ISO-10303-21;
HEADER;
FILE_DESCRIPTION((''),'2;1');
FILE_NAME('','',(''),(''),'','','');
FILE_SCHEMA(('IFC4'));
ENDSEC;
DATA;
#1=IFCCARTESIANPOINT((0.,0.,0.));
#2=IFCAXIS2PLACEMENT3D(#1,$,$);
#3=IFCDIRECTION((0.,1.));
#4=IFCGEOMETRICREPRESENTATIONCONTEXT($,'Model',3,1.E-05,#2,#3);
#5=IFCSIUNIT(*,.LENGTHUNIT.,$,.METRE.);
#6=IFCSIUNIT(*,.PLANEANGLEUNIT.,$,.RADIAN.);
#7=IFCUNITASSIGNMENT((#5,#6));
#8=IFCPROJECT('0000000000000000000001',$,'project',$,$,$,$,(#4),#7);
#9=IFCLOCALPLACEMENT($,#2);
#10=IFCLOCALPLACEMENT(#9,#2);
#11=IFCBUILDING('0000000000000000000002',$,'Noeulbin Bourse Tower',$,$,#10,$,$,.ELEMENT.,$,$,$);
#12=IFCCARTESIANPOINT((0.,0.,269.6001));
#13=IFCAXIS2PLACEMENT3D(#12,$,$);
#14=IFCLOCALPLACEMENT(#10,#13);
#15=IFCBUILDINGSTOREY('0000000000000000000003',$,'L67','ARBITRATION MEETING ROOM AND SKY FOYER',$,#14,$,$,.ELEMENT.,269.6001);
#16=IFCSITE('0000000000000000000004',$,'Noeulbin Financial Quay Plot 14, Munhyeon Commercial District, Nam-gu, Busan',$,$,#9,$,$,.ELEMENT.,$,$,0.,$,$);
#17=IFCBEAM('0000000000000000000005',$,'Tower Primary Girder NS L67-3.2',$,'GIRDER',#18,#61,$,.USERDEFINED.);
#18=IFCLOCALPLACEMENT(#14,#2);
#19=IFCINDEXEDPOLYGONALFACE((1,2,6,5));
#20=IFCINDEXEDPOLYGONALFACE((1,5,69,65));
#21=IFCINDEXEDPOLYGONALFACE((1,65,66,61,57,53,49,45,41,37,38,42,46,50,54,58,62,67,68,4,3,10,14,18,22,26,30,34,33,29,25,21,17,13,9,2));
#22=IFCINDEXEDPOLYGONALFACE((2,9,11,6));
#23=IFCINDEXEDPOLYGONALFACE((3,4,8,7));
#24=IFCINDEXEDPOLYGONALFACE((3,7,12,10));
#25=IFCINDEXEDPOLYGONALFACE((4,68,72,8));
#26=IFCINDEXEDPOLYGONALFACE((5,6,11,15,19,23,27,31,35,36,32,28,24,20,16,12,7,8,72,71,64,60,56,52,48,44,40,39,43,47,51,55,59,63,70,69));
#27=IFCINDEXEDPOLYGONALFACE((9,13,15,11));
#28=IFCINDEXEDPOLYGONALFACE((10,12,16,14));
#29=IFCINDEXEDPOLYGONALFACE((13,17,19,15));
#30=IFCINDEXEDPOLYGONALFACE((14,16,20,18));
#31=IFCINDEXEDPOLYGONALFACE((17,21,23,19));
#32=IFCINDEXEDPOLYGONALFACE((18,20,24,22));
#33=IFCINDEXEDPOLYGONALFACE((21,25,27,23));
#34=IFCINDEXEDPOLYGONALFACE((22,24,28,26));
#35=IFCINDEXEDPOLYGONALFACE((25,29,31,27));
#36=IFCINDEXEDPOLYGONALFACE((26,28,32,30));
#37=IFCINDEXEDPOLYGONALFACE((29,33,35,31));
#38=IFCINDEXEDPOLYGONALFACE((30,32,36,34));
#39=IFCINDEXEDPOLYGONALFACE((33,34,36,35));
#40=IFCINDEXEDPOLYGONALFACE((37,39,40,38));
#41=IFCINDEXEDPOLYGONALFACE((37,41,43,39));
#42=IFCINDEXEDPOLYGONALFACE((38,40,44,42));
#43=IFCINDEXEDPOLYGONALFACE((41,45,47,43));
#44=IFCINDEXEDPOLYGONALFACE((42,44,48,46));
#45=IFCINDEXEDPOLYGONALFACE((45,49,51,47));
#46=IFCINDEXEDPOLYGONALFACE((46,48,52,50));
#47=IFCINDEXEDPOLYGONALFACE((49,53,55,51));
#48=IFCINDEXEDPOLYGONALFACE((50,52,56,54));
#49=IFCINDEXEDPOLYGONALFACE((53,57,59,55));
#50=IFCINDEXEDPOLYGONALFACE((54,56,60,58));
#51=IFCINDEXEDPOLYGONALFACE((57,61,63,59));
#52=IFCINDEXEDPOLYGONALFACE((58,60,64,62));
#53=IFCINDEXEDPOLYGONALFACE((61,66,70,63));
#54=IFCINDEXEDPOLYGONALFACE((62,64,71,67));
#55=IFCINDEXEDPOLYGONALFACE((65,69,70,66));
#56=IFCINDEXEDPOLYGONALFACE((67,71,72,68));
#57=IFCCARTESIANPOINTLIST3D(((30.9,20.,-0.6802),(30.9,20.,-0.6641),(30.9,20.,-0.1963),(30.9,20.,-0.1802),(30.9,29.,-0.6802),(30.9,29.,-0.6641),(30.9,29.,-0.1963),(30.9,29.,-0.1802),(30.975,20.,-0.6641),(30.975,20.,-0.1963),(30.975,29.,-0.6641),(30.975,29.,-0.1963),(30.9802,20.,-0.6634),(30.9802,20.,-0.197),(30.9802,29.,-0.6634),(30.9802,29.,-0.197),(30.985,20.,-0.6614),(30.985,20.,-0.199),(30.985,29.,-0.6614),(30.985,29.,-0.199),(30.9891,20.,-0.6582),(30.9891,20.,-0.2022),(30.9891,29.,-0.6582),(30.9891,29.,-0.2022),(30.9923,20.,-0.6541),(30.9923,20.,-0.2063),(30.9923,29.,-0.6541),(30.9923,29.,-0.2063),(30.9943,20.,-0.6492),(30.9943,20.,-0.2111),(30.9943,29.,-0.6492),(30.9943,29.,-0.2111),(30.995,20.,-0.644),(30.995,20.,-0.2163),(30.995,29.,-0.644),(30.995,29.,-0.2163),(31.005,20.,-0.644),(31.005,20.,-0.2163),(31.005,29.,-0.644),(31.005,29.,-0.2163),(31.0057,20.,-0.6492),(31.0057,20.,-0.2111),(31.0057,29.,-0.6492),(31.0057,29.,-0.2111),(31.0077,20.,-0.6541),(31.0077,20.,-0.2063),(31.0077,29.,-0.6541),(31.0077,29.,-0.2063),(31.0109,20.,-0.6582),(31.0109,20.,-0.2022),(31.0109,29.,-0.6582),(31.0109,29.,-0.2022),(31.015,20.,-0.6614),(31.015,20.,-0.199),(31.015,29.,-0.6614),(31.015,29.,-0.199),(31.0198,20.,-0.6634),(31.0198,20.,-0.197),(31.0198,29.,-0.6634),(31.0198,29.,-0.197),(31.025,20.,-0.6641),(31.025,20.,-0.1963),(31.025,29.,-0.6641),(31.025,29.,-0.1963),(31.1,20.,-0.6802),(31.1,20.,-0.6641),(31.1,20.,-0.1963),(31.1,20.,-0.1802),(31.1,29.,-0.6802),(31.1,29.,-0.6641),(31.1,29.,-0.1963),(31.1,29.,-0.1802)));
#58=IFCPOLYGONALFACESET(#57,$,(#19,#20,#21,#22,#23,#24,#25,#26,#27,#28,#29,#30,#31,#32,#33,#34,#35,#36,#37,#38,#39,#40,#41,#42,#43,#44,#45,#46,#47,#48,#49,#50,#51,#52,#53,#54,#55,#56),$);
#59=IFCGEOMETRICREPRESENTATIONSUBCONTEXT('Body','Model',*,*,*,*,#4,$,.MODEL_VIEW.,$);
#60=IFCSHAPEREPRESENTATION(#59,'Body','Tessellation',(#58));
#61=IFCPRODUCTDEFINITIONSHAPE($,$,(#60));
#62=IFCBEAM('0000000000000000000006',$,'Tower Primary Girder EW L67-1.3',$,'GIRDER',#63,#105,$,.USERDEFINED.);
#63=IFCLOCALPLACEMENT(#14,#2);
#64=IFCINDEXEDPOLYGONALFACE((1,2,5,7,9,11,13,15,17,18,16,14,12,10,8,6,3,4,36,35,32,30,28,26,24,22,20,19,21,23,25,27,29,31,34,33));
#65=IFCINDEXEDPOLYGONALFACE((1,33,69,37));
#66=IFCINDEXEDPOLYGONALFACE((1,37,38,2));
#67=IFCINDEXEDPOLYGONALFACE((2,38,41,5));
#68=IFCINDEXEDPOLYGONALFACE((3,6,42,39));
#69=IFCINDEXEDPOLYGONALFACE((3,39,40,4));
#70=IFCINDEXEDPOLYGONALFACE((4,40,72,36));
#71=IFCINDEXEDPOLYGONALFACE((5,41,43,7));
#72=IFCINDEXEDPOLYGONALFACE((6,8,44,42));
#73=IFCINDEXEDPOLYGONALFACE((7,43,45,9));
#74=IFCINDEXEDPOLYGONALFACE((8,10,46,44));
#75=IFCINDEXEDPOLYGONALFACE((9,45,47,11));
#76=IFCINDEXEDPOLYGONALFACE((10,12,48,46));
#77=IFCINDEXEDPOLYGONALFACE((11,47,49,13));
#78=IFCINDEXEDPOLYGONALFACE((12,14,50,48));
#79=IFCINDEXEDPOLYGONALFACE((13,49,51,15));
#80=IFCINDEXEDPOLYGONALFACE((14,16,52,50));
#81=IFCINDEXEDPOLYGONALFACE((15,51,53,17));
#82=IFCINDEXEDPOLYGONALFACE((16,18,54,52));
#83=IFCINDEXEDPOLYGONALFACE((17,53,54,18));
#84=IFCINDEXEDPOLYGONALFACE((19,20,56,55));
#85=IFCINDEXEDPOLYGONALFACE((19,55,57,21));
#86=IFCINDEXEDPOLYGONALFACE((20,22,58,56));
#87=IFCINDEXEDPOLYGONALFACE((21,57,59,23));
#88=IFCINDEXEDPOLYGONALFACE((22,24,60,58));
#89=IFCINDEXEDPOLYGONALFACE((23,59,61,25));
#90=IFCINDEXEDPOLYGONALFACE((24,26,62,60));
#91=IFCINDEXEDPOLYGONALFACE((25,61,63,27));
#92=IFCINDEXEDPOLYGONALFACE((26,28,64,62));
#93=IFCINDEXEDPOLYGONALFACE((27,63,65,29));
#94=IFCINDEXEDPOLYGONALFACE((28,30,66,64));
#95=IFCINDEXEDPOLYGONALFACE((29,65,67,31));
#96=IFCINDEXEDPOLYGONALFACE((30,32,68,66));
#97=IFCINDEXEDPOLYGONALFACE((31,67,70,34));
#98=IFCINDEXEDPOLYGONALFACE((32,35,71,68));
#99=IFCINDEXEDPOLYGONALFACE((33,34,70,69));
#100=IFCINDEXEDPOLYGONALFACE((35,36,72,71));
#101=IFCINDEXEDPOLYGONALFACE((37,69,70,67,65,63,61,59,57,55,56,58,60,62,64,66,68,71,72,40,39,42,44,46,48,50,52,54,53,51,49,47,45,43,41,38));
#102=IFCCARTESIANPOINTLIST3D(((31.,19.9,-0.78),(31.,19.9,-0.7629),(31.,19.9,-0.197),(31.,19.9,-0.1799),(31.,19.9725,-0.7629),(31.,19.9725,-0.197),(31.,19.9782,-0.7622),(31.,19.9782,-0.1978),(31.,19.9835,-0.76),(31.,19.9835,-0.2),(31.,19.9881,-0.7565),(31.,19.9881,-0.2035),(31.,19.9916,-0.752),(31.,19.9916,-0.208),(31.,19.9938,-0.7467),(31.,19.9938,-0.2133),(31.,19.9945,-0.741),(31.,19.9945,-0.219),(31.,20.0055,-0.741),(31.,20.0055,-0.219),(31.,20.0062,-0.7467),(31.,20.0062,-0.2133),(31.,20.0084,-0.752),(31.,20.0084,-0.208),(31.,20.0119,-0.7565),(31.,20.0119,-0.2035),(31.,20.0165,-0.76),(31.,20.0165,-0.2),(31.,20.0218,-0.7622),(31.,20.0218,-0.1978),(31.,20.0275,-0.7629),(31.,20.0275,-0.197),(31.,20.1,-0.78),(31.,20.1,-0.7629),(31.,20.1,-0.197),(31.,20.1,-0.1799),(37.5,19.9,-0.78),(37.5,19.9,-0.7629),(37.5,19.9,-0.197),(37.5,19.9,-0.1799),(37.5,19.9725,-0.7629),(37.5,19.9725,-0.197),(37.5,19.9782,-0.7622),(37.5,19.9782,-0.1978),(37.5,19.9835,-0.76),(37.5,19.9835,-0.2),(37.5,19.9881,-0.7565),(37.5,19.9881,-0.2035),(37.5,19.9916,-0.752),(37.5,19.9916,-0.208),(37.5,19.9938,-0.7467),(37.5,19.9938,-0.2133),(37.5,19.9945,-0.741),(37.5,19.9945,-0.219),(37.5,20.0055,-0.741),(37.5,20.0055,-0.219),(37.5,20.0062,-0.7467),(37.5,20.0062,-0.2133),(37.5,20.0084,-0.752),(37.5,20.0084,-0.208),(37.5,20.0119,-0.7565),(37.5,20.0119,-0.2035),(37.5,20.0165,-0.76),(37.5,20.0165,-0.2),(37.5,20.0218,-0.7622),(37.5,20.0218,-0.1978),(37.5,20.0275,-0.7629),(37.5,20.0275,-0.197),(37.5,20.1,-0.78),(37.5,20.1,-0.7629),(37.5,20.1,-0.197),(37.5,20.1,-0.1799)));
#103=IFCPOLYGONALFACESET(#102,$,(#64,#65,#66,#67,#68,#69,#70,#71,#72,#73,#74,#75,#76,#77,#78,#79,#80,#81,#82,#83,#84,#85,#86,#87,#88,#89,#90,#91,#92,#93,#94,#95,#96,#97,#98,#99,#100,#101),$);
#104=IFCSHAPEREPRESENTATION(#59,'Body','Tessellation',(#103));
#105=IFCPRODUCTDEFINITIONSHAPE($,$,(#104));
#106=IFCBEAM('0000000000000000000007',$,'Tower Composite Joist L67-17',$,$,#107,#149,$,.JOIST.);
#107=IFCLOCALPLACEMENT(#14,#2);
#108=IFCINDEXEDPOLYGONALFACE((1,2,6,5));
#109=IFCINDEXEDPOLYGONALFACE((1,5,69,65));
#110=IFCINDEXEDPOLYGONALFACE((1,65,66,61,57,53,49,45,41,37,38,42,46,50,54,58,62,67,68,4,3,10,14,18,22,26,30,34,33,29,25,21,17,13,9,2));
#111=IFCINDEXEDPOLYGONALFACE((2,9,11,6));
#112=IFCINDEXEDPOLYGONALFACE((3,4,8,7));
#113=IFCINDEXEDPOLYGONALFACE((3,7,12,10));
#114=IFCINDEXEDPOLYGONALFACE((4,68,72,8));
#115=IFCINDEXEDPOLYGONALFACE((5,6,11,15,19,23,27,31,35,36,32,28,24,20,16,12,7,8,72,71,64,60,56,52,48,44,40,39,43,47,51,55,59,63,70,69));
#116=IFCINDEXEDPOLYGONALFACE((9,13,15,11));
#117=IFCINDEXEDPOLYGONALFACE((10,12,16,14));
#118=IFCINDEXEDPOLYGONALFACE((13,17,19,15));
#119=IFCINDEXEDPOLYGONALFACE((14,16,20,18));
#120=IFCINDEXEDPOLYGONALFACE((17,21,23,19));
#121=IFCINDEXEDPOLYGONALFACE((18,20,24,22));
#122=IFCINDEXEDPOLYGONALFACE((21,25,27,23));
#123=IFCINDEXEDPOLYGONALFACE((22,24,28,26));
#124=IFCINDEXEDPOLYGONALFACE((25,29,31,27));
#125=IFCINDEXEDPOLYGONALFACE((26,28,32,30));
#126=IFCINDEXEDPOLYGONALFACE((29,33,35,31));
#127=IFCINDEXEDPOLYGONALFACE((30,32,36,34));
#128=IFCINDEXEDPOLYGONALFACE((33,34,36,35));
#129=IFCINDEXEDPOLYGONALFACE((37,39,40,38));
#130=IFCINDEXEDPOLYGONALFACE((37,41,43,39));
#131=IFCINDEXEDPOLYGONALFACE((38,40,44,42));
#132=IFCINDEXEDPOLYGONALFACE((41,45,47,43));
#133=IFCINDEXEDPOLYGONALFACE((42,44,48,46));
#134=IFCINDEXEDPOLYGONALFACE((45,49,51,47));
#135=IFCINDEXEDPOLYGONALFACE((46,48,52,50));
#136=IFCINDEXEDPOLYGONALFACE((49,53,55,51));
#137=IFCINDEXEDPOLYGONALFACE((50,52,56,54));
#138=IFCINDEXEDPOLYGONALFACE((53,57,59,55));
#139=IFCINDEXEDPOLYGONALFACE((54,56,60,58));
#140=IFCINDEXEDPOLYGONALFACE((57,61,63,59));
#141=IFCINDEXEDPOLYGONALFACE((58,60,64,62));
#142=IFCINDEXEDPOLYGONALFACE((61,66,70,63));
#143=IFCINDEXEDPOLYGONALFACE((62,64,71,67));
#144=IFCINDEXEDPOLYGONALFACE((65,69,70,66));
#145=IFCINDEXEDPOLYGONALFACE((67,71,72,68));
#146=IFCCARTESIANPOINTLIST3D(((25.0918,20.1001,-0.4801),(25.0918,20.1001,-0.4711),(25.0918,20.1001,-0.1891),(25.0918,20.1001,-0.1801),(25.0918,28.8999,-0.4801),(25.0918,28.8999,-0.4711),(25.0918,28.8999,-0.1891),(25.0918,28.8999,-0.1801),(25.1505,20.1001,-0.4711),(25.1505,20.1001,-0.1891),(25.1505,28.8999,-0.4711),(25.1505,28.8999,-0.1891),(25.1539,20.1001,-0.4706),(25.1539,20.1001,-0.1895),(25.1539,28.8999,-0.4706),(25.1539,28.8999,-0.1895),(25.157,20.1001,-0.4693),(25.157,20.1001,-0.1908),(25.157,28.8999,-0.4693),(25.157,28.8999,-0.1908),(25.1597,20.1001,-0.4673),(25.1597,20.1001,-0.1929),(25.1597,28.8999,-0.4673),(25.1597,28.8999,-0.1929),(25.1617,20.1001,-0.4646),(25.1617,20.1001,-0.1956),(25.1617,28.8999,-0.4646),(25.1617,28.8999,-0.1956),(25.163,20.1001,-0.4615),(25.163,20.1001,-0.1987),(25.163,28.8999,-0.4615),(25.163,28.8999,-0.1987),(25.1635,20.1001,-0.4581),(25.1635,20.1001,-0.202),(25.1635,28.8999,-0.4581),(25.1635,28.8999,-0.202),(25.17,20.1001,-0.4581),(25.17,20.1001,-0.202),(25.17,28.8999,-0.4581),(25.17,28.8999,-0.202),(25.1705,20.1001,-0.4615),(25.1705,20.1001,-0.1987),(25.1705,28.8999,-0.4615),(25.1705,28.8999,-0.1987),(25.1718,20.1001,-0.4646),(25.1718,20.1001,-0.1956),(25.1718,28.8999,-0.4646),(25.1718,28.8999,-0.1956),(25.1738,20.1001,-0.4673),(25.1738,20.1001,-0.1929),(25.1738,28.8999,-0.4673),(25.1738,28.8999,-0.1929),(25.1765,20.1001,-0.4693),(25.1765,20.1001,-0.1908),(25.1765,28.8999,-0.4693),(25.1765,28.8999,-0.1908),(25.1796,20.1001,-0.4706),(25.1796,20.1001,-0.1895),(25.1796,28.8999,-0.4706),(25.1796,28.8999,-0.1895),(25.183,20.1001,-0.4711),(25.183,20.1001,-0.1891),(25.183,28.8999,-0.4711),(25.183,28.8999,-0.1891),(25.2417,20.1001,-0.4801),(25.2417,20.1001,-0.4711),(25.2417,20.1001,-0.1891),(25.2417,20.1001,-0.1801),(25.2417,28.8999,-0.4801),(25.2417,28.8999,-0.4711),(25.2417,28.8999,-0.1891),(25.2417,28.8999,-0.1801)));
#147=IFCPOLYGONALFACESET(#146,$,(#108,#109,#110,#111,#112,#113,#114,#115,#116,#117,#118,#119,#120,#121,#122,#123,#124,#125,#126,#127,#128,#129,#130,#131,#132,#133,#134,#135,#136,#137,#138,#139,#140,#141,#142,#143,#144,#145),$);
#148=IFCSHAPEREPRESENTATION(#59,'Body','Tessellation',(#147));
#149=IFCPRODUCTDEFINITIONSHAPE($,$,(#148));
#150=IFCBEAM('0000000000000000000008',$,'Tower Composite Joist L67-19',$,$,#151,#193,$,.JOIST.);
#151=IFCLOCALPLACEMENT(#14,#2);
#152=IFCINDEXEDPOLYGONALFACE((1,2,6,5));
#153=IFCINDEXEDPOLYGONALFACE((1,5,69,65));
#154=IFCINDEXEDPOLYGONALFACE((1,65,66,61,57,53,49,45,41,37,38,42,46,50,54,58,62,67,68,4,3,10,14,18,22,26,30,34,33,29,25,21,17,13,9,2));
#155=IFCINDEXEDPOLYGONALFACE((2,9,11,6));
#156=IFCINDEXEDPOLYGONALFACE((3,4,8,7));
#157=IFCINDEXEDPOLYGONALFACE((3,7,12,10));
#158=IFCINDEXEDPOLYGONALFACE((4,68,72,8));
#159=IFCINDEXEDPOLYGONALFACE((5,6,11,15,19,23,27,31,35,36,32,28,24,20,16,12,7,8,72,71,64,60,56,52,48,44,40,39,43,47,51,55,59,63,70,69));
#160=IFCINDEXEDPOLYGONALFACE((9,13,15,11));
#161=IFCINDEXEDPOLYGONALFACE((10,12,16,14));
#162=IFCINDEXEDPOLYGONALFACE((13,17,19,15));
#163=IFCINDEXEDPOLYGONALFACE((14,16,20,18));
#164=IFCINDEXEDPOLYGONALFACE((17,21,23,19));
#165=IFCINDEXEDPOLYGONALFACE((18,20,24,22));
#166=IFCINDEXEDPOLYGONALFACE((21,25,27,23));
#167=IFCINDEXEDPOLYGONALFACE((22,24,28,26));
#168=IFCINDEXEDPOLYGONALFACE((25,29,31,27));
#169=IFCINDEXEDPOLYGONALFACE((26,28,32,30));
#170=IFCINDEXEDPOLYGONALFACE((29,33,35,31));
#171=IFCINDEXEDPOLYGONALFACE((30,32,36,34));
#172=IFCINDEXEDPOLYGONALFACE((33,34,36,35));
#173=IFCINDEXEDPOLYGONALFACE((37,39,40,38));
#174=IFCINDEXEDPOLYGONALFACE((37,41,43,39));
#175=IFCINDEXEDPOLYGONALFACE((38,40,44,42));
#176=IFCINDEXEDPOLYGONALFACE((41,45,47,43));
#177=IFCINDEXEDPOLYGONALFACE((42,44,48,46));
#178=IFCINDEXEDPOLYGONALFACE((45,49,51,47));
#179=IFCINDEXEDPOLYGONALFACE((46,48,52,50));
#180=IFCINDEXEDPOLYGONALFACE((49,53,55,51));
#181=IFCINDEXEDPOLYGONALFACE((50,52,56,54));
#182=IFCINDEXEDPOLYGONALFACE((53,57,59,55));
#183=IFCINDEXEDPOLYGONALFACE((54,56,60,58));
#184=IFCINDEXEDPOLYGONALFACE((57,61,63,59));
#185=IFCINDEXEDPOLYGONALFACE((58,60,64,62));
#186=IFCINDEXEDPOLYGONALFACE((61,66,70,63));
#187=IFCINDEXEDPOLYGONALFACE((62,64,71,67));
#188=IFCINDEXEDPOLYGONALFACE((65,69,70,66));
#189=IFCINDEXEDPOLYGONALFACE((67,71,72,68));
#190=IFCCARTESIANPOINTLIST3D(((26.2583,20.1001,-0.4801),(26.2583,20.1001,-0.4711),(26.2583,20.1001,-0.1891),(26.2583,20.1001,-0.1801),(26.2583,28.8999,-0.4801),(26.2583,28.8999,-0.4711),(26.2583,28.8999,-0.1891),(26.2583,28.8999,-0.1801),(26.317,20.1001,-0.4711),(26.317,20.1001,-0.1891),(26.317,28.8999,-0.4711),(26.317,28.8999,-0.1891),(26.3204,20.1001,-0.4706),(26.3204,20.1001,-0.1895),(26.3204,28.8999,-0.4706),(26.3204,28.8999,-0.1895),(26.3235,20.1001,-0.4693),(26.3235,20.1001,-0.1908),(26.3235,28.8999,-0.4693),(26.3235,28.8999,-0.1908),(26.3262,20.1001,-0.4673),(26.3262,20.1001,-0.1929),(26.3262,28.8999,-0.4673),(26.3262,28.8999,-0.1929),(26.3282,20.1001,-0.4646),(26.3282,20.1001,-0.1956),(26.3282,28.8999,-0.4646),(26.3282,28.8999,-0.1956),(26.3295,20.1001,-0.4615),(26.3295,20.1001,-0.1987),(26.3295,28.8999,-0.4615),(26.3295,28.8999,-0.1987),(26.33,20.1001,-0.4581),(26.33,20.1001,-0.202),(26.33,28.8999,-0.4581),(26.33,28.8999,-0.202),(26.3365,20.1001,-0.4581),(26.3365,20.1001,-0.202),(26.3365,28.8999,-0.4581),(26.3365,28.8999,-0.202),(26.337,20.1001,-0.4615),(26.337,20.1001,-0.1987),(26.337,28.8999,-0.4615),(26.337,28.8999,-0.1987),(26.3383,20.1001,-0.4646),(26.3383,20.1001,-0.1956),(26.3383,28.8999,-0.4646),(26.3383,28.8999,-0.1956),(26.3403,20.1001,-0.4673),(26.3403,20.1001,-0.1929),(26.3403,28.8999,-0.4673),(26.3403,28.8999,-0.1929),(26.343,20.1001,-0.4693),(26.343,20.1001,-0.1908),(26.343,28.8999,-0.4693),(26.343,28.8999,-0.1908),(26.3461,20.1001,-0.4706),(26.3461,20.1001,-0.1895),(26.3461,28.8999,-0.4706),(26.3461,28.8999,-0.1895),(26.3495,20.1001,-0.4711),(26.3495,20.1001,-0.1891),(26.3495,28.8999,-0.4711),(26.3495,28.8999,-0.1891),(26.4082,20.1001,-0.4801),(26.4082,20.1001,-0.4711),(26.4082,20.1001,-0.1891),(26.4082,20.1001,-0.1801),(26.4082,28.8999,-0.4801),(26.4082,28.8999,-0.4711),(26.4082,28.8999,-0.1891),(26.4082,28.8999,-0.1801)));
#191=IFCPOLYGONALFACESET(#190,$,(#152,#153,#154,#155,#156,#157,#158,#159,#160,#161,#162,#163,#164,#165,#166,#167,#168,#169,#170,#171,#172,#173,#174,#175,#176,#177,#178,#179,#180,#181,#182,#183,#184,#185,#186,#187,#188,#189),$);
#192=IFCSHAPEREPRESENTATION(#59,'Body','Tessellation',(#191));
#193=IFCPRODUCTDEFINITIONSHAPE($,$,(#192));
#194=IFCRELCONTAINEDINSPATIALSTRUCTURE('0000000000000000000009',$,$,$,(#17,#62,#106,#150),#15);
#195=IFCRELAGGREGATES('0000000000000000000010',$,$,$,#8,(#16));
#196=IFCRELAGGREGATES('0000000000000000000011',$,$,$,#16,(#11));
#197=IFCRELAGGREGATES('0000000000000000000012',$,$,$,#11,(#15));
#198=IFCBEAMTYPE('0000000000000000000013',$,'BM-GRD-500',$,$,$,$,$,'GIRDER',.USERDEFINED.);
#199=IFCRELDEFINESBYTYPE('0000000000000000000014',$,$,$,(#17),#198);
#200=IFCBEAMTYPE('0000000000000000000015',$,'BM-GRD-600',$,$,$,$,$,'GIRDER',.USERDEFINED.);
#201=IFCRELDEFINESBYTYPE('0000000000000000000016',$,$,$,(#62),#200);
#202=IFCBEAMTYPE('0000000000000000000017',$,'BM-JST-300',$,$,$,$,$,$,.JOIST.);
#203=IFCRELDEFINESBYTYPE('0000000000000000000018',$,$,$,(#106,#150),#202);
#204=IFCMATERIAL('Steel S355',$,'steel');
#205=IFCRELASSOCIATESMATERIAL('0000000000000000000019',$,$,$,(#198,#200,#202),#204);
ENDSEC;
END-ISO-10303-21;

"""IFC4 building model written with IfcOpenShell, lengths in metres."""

from ifc_helpers import new_model, si_unit, direction, frame, origin, origin_2d, place, context, subcontext, project, spatial, i_section, extrude, material, material_profile, profile_set, type_object, element, save


model = new_model("IFC4")

# Units and contexts
model_context = context("Model", 3, precision=1e-05, world=origin(), true_north=direction((0.0, 1.0)))
body_context = subcontext(model_context, "Body", "Model", "MODEL_VIEW")
ifc_project = project(units=[si_unit("LENGTHUNIT", "METRE"), si_unit("PLANEANGLEUNIT", "RADIAN")], contexts=[model_context])

# Site, building, storey
site_placement = place(None, origin())
site = spatial("IfcSite", under=ifc_project, at=site_placement, Name="Noeulbin Financial Quay Plot 14, Munhyeon Commercial District, Nam-gu, Busan", CompositionType="ELEMENT", RefElevation=0.0)
building_placement = place(site_placement, origin())
building = spatial("IfcBuilding", under=site, at=building_placement, Name="Noeulbin Bourse Tower", CompositionType="ELEMENT")
storey_placement = place(building_placement, frame((0.0, 0.0, 269.6001)))
storey = spatial("IfcBuildingStorey", under=building, at=storey_placement, Name="L67", Description="ARBITRATION MEETING ROOM AND SKY FOYER", CompositionType="ELEMENT", Elevation=269.6001)

# Shared definitions
ifc_material_1 = material(Name="Steel S355", Category="steel")

# Beams
ifc_material_profile_1 = material_profile(ifc_material_1, i_section(OverallWidth=0.2, OverallDepth=0.5, WebThickness=0.01, FlangeThickness=0.0161, FilletRadius=0.02, at=origin_2d()), Name="H-500x200x10x16", Category="LoadBearing")
ifc_profile_set_1 = profile_set([ifc_material_profile_1], Name="Steel S355")
beam_type_1 = type_object("IfcBeamType", Name="BM-GRD-500", ElementType="GIRDER", PredefinedType="USERDEFINED", material=ifc_profile_set_1)
beam_1_placement = place(storey_placement, frame((31.0, 20.0, -0.4302), z_axis=(0.0, 1.0, 0.0), x_axis=(-1.0, 0.0, 0.0)))
element("IfcBeam", 1, at=beam_1_placement, inside=storey, type_object=beam_type_1, Name="Tower Primary Girder NS L67-3.2", ObjectType="GIRDER", PredefinedType="USERDEFINED", context=body_context, shape_type="SweptSolid", body=[
    extrude(i_section(OverallWidth=0.2, OverallDepth=0.5, WebThickness=0.01, FlangeThickness=0.0161, FilletRadius=0.02, at=origin_2d()), origin(), (0.0, 0.0, 1.0), 9.0),
])
ifc_material_profile_2 = material_profile(ifc_material_1, i_section(OverallWidth=0.2, OverallDepth=0.6001, WebThickness=0.011, FlangeThickness=0.0171, FilletRadius=0.022, at=origin_2d()), Name="H-600x200x11x17", Category="LoadBearing")
ifc_profile_set_2 = profile_set([ifc_material_profile_2], Name="Steel S355")
beam_type_2 = type_object("IfcBeamType", Name="BM-GRD-600", ElementType="GIRDER", PredefinedType="USERDEFINED", material=ifc_profile_set_2)
beam_2_placement = place(storey_placement, frame((31.0, 20.0, -0.48), z_axis=(1.0, 0.0, 0.0), x_axis=(0.0, 1.0, 0.0)))
element("IfcBeam", 2, at=beam_2_placement, inside=storey, type_object=beam_type_2, Name="Tower Primary Girder EW L67-1.3", ObjectType="GIRDER", PredefinedType="USERDEFINED", context=body_context, shape_type="SweptSolid", body=[
    extrude(i_section(OverallWidth=0.2, OverallDepth=0.6001, WebThickness=0.011, FlangeThickness=0.0171, FilletRadius=0.022, at=origin_2d()), origin(), (0.0, 0.0, 1.0), 6.5),
])
ifc_material_profile_3 = material_profile(ifc_material_1, i_section(OverallWidth=0.1499, OverallDepth=0.3, WebThickness=0.0066, FlangeThickness=0.009, FilletRadius=0.0129, at=origin_2d()), Name="H-300x150x6.5x9", Category="LoadBearing")
ifc_profile_set_3 = profile_set([ifc_material_profile_3], Name="Steel S355")
beam_type_3 = type_object("IfcBeamType", Name="BM-JST-300", PredefinedType="JOIST", material=ifc_profile_set_3)
for number, where, z_axis, x_axis, name in (
    (3, (25.1667, 20.1001, -0.3301), (0.0, 1.0, 0.0), (-1.0, 0.0, 0.0), "Tower Composite Joist L67-17"),
    (4, (26.3333, 20.1001, -0.3301), (0.0, 1.0, 0.0), (-1.0, 0.0, 0.0), "Tower Composite Joist L67-19"),
):
    element("IfcBeam", number, at=place(storey_placement, frame(where, z_axis=z_axis, x_axis=x_axis)), inside=storey, type_object=beam_type_3, Name=name, PredefinedType="JOIST", context=body_context, shape_type="SweptSolid", body=[
        extrude(i_section(OverallWidth=0.1499, OverallDepth=0.3, WebThickness=0.0066, FlangeThickness=0.009, FilletRadius=0.0129, at=origin_2d()), origin(), (0.0, 0.0, 1.0), 8.7998),
    ])

save(model, "model.ifc")
